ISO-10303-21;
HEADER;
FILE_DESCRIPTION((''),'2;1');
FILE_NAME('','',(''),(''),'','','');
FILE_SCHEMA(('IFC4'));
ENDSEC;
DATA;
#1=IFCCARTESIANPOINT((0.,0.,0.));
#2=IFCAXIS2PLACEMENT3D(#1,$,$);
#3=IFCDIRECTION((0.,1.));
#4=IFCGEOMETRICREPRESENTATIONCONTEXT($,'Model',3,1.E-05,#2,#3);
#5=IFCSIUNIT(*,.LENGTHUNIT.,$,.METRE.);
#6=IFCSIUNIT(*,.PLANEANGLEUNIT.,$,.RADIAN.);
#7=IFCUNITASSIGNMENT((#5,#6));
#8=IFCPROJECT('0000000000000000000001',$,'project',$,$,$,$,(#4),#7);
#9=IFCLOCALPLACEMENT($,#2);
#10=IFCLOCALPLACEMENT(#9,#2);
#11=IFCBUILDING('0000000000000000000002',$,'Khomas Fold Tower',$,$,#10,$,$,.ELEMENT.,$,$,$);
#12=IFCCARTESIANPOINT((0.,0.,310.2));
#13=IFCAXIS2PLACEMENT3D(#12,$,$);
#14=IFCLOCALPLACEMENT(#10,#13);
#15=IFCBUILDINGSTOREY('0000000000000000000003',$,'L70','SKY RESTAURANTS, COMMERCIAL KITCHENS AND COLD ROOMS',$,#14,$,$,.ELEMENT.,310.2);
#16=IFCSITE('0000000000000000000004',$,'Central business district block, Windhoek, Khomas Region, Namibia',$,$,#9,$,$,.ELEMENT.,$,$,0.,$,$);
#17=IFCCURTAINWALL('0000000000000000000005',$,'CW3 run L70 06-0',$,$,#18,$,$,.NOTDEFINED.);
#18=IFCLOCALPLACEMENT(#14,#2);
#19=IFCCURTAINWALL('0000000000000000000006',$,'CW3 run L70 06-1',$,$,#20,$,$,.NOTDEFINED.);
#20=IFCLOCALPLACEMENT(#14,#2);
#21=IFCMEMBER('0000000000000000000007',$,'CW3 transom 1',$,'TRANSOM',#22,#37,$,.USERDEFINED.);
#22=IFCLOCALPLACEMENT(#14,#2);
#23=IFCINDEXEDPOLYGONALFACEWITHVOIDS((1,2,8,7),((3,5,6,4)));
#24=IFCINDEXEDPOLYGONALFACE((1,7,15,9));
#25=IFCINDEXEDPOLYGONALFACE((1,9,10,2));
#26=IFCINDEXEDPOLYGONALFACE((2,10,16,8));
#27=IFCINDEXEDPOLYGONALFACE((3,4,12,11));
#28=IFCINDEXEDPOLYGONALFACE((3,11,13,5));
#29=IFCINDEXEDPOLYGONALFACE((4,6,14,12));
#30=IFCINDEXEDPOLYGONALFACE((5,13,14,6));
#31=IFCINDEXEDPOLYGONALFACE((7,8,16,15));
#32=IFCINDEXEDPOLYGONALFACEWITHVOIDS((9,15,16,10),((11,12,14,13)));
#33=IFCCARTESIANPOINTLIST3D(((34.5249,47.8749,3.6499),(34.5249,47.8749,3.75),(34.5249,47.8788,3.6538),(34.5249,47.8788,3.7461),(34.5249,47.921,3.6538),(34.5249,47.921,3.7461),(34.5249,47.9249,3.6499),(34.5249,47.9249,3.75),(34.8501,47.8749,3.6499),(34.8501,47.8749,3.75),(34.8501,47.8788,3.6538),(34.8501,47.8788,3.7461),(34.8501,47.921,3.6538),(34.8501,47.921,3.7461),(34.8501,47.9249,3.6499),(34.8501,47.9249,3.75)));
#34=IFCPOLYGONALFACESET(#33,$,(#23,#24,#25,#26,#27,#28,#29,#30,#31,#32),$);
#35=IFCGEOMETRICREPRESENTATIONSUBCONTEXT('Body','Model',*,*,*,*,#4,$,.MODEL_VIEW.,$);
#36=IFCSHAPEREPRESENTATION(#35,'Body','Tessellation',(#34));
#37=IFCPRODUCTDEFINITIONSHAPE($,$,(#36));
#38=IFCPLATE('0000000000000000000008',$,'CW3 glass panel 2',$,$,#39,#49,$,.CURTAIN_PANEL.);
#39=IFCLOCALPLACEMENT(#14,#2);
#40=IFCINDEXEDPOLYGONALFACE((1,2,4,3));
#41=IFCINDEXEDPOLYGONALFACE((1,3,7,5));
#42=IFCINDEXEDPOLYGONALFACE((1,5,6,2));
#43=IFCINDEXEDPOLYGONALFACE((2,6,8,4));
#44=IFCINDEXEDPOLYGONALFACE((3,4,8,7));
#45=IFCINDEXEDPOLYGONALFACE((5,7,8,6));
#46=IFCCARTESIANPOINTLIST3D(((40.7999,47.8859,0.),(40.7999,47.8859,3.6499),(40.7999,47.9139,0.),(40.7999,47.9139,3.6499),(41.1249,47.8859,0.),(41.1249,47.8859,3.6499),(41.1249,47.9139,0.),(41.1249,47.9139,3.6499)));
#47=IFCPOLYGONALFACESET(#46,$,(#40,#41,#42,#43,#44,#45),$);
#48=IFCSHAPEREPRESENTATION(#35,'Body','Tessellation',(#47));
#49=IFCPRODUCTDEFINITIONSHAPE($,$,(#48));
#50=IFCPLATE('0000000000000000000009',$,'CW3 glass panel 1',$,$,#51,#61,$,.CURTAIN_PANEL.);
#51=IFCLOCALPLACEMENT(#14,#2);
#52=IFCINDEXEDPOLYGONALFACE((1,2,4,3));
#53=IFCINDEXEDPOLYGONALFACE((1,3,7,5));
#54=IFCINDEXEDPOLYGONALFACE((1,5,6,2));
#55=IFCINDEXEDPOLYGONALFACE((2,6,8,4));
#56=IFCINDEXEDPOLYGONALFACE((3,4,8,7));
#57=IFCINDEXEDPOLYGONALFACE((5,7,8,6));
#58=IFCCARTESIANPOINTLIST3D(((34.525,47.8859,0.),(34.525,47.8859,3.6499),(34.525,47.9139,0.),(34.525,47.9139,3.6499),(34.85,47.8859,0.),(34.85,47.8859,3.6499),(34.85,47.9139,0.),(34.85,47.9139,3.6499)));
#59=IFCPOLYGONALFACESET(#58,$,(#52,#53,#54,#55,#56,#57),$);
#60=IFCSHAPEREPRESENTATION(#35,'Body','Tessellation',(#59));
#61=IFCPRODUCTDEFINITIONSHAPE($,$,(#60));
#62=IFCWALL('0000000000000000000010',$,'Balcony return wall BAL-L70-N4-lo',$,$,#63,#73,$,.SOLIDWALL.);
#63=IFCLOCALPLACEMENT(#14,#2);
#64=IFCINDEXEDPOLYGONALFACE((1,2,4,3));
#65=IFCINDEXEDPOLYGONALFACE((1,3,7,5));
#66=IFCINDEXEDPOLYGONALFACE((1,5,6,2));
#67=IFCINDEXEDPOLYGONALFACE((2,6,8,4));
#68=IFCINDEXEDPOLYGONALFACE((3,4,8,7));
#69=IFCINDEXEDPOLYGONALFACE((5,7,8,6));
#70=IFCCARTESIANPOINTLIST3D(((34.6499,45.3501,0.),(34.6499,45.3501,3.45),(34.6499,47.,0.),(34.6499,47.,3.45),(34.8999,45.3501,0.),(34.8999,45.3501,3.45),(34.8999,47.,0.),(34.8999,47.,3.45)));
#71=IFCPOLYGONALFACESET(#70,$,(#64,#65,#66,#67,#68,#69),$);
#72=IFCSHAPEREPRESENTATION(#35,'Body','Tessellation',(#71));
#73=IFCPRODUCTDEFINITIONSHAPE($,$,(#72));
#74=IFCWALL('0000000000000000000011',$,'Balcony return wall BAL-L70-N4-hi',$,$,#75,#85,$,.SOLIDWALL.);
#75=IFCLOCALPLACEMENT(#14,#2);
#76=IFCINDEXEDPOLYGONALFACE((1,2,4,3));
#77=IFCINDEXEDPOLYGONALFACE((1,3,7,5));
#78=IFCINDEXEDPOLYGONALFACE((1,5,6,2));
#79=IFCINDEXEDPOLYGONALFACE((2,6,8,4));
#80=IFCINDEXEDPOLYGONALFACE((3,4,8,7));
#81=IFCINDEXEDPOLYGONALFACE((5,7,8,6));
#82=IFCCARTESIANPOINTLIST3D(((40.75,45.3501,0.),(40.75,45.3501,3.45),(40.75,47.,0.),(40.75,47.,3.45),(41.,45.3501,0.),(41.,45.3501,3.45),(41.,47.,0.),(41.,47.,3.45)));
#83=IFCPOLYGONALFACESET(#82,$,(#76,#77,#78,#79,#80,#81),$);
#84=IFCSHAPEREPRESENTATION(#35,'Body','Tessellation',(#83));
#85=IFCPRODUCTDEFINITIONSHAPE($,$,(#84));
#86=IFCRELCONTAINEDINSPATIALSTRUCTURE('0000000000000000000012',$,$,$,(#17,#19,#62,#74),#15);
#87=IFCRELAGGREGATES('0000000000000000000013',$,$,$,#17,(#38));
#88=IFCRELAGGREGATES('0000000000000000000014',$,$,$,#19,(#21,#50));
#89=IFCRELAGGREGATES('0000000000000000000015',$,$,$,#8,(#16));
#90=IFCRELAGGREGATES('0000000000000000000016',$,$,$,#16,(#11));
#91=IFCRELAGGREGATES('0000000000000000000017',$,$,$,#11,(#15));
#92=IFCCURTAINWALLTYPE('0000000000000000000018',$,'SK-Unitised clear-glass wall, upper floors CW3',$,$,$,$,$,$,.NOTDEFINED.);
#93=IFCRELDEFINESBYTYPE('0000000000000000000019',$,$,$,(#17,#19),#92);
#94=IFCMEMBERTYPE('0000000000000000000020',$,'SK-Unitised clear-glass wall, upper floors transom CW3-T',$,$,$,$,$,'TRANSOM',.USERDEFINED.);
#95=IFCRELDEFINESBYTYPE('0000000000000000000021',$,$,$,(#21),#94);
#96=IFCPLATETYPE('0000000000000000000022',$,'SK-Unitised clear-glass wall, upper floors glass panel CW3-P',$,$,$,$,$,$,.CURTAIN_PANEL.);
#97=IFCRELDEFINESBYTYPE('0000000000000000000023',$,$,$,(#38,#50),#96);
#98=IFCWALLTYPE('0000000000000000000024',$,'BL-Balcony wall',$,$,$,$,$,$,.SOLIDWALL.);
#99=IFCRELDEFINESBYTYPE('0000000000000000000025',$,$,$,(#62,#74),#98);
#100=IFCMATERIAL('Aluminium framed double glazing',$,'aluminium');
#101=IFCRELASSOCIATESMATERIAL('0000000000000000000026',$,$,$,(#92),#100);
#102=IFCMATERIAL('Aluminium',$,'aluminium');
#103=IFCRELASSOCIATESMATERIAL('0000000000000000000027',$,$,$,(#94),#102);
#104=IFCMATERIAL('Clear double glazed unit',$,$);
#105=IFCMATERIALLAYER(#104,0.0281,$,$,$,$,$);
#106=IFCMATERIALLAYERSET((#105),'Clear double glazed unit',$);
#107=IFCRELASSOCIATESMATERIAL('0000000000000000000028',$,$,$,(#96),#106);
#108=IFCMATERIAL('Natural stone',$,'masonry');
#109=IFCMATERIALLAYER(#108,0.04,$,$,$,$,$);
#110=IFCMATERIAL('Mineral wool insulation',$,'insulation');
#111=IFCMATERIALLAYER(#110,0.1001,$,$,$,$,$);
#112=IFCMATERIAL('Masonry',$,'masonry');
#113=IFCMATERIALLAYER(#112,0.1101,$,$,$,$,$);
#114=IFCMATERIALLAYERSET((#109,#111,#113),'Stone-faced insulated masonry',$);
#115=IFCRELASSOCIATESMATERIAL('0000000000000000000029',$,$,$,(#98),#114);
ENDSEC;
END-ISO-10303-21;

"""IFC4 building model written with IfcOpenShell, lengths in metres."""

from ifc_helpers import new_model, si_unit, direction, frame, frame_2d, origin, origin_2d, place, context, subcontext, project, spatial, rectangle, hollow_rectangle, extrude, source, transform, mapped, material, layer, layer_set, material_profile, profile_set, type_object, element, aggregate, save


model = new_model("IFC4")

# Units and contexts
model_context = context("Model", 3, precision=1e-05, world=origin(), true_north=direction((0.0, 1.0)))
body_context = subcontext(model_context, "Body", "Model", "MODEL_VIEW")
ifc_project = project(units=[si_unit("LENGTHUNIT", "METRE"), si_unit("PLANEANGLEUNIT", "RADIAN")], contexts=[model_context])

# Site, building, storey
site_placement = place(None, origin())
site = spatial("IfcSite", under=ifc_project, at=site_placement, Name="Central business district block, Windhoek, Khomas Region, Namibia", CompositionType="ELEMENT", RefElevation=0.0)
building_placement = place(site_placement, origin())
building = spatial("IfcBuilding", under=site, at=building_placement, Name="Khomas Fold Tower", CompositionType="ELEMENT")
storey_placement = place(building_placement, frame((0.0, 0.0, 310.2)))
storey = spatial("IfcBuildingStorey", under=building, at=storey_placement, Name="L70", Description="SKY RESTAURANTS, COMMERCIAL KITCHENS AND COLD ROOMS", CompositionType="ELEMENT", Elevation=310.2)

# Curtain wall
ifc_material_1 = material(Name="Aluminium framed double glazing", Category="aluminium")
curtain_wall_type = type_object("IfcCurtainWallType", Name="SK-Unitised clear-glass wall, upper floors CW3", PredefinedType="NOTDEFINED", material=ifc_material_1)
curtain_wall_1_placement = place(storey_placement, origin())
curtain_wall_1 = element("IfcCurtainWall", 1, at=curtain_wall_1_placement, inside=storey, type_object=curtain_wall_type, Name="CW3 run L70 06-0", PredefinedType="NOTDEFINED")

# Curtain wall, member
curtain_wall_2_placement = place(storey_placement, origin())
curtain_wall_2 = element("IfcCurtainWall", 2, at=curtain_wall_2_placement, inside=storey, type_object=curtain_wall_type, Name="CW3 run L70 06-1", PredefinedType="NOTDEFINED")
ifc_material_2 = material(Name="Aluminium", Category="aluminium")
ifc_material_profile_1 = material_profile(ifc_material_2, hollow_rectangle(XDim=0.05, YDim=0.1001, WallThickness=0.0039, at=origin_2d()), Name="SK-Unitised clear-glass wall, upper floors transom CW3-T")
ifc_profile_set_1 = profile_set([ifc_material_profile_1], Name="Aluminium")
member_type_1 = type_object("IfcMemberType", Name="SK-Unitised clear-glass wall, upper floors transom CW3-T", ElementType="TRANSOM", PredefinedType="USERDEFINED", material=ifc_profile_set_1)
shared_shape_1 = source(origin(), body_context, "Body", "SweptSolid", [
    extrude(hollow_rectangle(XDim=0.05, YDim=0.1001, WallThickness=0.0039, at=origin_2d()), origin(), (0.0, 0.0, 1.0), 0.3252),
])
member_1_placement = place(storey_placement, frame((34.8501, 47.8999, 3.7), z_axis=(-1.0, 0.0, 0.0), x_axis=(0.0, -1.0, 0.0)))
member_1 = element("IfcMember", 3, at=member_1_placement, type_object=member_type_1, Name="CW3 transom 1", ObjectType="TRANSOM", PredefinedType="USERDEFINED", context=body_context, shape_type="MappedRepresentation", body=[
    mapped(shared_shape_1, transform((0.0, 0.0, 0.0))),
])

# Plates
ifc_material_3 = material(Name="Clear double glazed unit")
ifc_layer_1 = layer(ifc_material_3, 0.0281)
ifc_layer_set_1 = layer_set([ifc_layer_1], Name="Clear double glazed unit")
plate_type = type_object("IfcPlateType", Name="SK-Unitised clear-glass wall, upper floors glass panel CW3-P", PredefinedType="CURTAIN_PANEL", material=ifc_layer_set_1)
shared_shape_2 = source(origin(), body_context, "Body", "SweptSolid", [
    extrude(rectangle(XDim=0.325, YDim=0.0281, at=origin_2d()), origin(), (0.0, 0.0, 1.0), 3.6499),
])
plate_1_placement = place(storey_placement, frame((40.9624, 47.8999, 0.0), z_axis=(0.0, 0.0, 1.0), x_axis=(-1.0, 0.0, 0.0)))
plate_1 = element("IfcPlate", 4, at=plate_1_placement, type_object=plate_type, Name="CW3 glass panel 2", PredefinedType="CURTAIN_PANEL", context=body_context, shape_type="MappedRepresentation", body=[
    mapped(shared_shape_2, transform((0.0, 0.0, 0.0))),
])
aggregate(curtain_wall_1, [plate_1])
plate_2_placement = place(storey_placement, frame((34.6875, 47.8999, 0.0), z_axis=(0.0, 0.0, 1.0), x_axis=(-1.0, 0.0, 0.0)))
plate_2 = element("IfcPlate", 5, at=plate_2_placement, type_object=plate_type, Name="CW3 glass panel 1", PredefinedType="CURTAIN_PANEL", context=body_context, shape_type="MappedRepresentation", body=[
    mapped(shared_shape_2, transform((0.0, 0.0, 0.0))),
])
aggregate(curtain_wall_2, [member_1, plate_2])

# Shared definitions
ifc_material_4 = material(Name="Natural stone", Category="masonry")
ifc_layer_2 = layer(ifc_material_4, 0.04)
ifc_material_5 = material(Name="Mineral wool insulation", Category="insulation")
ifc_layer_3 = layer(ifc_material_5, 0.1001)
ifc_material_6 = material(Name="Masonry", Category="masonry")
ifc_layer_4 = layer(ifc_material_6, 0.1101)
ifc_layer_set_2 = layer_set([ifc_layer_2, ifc_layer_3, ifc_layer_4], Name="Stone-faced insulated masonry")
wall_type = type_object("IfcWallType", Name="BL-Balcony wall", PredefinedType="SOLIDWALL", material=ifc_layer_set_2)

# Walls
shared_shape_3 = source(origin(), body_context, "Body", "SweptSolid", [
    extrude(rectangle(XDim=1.6499, YDim=0.25, at=frame_2d((0.825, 0.0))), origin(), (0.0, 0.0, 1.0), 3.45),
])
for number, where, z_axis, x_axis, name in (
    (6, (34.7749, 47.0, 0.0), (0.0, 0.0, 1.0), (0.0, -1.0, 0.0), "Balcony return wall BAL-L70-N4-lo"),
    (7, (40.875, 47.0, 0.0), (0.0, 0.0, 1.0), (0.0, -1.0, 0.0), "Balcony return wall BAL-L70-N4-hi"),
):
    element("IfcWall", number, at=place(storey_placement, frame(where, z_axis=z_axis, x_axis=x_axis)), inside=storey, type_object=wall_type, Name=name, PredefinedType="SOLIDWALL", context=body_context, shape_type="MappedRepresentation", body=[
        mapped(shared_shape_3, transform((0.0, 0.0, 0.0))),
    ])

save(model, "model.ifc")
